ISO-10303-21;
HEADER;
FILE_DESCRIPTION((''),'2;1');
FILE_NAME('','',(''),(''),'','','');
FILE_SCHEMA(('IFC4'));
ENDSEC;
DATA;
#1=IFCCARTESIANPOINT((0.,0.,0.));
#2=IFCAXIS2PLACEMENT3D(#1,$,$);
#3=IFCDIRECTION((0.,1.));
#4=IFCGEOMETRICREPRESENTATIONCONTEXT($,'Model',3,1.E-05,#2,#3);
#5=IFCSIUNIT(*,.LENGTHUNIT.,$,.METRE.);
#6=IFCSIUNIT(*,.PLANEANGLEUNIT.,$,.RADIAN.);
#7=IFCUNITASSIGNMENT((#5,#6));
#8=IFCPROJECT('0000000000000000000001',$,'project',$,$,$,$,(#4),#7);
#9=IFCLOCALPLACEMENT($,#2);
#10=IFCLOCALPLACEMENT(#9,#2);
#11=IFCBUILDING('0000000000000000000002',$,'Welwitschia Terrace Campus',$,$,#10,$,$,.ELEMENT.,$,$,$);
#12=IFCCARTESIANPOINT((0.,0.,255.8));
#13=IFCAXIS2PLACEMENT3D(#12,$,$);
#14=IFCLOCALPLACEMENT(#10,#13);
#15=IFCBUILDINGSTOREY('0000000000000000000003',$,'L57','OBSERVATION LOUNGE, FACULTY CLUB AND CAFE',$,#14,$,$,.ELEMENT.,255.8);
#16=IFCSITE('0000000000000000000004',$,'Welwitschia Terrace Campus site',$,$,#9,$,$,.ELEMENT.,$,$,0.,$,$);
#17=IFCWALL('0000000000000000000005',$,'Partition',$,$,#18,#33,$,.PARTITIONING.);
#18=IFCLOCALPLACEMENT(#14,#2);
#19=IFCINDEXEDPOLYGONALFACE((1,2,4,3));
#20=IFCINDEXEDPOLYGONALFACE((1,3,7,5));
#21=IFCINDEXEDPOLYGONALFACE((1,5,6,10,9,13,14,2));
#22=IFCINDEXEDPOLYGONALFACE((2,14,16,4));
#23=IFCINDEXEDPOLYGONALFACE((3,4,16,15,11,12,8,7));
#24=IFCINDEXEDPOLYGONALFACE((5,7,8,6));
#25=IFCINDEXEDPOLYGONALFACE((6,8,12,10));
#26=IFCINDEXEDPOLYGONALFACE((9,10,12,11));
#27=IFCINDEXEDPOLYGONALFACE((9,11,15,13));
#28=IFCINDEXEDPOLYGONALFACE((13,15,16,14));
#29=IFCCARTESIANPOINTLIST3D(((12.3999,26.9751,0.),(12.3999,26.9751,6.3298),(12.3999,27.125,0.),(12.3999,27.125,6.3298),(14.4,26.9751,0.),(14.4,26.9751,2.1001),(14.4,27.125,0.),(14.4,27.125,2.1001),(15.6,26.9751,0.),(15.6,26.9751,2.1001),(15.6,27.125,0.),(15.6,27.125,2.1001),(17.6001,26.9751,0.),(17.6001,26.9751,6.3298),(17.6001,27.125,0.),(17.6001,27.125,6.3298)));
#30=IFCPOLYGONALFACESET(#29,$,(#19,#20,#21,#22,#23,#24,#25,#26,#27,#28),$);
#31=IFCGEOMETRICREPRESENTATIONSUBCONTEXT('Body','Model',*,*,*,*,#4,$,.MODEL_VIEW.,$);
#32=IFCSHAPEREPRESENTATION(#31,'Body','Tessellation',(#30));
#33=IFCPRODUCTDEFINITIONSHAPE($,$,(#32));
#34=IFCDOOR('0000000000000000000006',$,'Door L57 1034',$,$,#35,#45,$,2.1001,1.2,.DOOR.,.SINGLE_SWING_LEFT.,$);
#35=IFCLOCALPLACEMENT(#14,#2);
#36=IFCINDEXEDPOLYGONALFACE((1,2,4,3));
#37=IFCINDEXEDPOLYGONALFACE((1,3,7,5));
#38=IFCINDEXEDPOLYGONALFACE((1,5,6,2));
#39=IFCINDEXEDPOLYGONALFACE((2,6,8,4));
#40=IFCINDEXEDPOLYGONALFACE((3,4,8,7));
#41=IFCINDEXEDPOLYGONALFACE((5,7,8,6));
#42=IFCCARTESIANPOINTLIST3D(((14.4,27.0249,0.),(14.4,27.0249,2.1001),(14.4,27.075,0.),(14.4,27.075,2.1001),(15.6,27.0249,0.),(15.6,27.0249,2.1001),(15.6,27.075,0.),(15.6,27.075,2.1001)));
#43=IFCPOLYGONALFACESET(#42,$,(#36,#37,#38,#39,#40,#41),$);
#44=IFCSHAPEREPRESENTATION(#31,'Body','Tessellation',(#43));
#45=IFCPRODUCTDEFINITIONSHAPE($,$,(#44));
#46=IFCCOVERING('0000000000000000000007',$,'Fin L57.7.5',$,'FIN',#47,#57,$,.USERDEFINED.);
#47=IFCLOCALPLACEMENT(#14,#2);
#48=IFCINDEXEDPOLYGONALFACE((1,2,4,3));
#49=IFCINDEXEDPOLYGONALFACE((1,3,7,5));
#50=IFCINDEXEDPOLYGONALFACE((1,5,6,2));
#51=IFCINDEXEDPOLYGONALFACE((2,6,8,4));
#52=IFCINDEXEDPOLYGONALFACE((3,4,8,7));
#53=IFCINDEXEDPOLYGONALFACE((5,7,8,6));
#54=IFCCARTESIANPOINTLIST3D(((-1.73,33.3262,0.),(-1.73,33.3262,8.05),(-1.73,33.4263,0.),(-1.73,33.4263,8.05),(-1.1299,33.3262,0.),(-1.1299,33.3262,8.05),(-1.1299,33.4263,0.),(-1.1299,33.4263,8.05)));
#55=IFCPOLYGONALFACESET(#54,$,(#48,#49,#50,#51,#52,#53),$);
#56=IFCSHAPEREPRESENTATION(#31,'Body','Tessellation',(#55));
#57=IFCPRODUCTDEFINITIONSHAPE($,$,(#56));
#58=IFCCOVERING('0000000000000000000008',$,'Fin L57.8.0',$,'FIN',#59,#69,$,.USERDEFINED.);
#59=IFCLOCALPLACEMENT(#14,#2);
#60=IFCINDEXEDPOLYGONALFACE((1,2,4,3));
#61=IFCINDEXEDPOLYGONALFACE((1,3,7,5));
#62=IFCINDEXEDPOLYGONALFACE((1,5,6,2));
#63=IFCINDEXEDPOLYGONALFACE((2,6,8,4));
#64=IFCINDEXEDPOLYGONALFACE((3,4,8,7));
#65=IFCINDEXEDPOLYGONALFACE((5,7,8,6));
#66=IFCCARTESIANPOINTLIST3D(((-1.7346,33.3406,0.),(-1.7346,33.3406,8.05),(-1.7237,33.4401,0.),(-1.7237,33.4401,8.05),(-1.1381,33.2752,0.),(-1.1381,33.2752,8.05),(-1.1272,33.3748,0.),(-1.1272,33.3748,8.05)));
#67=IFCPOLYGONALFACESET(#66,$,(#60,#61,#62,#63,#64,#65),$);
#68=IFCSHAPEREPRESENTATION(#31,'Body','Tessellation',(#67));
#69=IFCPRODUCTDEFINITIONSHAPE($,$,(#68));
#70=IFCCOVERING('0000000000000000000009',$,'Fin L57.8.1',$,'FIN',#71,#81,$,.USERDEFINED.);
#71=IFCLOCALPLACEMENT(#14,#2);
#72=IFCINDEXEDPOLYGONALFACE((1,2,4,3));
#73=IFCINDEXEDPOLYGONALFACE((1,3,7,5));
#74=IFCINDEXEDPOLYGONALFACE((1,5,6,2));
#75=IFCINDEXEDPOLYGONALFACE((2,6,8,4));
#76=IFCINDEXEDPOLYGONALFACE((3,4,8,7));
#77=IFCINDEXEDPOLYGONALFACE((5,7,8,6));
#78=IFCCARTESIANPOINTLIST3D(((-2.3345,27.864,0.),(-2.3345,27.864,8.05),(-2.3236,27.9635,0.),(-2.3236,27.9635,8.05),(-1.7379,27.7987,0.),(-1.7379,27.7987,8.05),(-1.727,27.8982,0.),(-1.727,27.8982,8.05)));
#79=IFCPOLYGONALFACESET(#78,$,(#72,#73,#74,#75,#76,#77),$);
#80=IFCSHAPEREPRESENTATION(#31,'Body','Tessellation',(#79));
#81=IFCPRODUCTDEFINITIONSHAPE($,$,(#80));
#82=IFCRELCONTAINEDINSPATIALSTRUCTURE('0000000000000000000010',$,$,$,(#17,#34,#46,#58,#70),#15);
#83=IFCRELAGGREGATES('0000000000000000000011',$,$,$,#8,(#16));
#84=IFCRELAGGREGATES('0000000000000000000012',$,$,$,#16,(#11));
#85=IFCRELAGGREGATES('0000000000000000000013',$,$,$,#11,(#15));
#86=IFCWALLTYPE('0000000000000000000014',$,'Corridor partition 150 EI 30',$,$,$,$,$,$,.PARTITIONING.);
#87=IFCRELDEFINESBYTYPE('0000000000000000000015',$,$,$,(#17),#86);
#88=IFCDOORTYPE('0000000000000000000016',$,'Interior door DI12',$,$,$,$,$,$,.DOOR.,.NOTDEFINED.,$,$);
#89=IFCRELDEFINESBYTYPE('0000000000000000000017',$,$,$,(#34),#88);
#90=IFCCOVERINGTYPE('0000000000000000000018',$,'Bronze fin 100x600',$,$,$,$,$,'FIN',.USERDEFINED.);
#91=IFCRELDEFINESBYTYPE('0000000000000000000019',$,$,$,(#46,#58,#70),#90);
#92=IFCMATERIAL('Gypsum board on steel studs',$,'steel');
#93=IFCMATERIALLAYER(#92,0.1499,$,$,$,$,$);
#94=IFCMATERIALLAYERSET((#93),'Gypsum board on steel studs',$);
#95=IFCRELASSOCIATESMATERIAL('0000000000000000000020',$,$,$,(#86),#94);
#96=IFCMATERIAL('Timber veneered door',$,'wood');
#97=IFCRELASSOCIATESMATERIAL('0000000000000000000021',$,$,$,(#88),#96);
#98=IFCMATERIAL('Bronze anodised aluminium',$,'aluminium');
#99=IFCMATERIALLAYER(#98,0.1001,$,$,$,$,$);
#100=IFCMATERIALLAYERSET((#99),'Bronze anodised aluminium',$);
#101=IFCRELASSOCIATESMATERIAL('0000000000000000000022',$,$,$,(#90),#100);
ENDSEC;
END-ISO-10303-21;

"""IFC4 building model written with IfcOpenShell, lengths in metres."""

from ifc_helpers import new_model, si_unit, direction, frame, frame_2d, origin, origin_2d, place, context, subcontext, project, spatial, rectangle, extrude, material, layer, layer_set, type_object, element, fill, save


model = new_model("IFC4")

# Units and contexts
model_context = context("Model", 3, precision=1e-05, world=origin(), true_north=direction((0.0, 1.0)))
body_context = subcontext(model_context, "Body", "Model", "MODEL_VIEW")
ifc_project = project(units=[si_unit("LENGTHUNIT", "METRE"), si_unit("PLANEANGLEUNIT", "RADIAN")], contexts=[model_context])

# Site, building, storey
site_placement = place(None, origin())
site = spatial("IfcSite", under=ifc_project, at=site_placement, Name="Welwitschia Terrace Campus site", CompositionType="ELEMENT", RefElevation=0.0)
building_placement = place(site_placement, origin())
building = spatial("IfcBuilding", under=site, at=building_placement, Name="Welwitschia Terrace Campus", CompositionType="ELEMENT")
storey_placement = place(building_placement, frame((0.0, 0.0, 255.8)))
storey = spatial("IfcBuildingStorey", under=building, at=storey_placement, Name="L57", Description="OBSERVATION LOUNGE, FACULTY CLUB AND CAFE", CompositionType="ELEMENT", Elevation=255.8)

# Shared definitions
ifc_material_1 = material(Name="Gypsum board on steel studs", Category="steel")
ifc_layer_1 = layer(ifc_material_1, 0.1499)
ifc_layer_set_1 = layer_set([ifc_layer_1], Name="Gypsum board on steel studs")
wall_type = type_object("IfcWallType", Name="Corridor partition 150 EI 30", PredefinedType="PARTITIONING", material=ifc_layer_set_1)

# Shared definitions
ifc_material_2 = material(Name="Timber veneered door", Category="wood")
door_type = type_object("IfcDoorType", Name="Interior door DI12", OperationType="NOTDEFINED", PredefinedType="DOOR", material=ifc_material_2)

# Wall, opening, door
wall_1_placement = place(storey_placement, frame((12.3999, 27.05, 0.0), z_axis=(0.0, 0.0, 1.0), x_axis=(1.0, 0.0, 0.0)))
wall_1 = element("IfcWall", 1, at=wall_1_placement, inside=storey, type_object=wall_type, Name="Partition", PredefinedType="PARTITIONING", context=body_context, shape_type="SweptSolid", body=[
    extrude(rectangle(XDim=5.2002, YDim=0.1499, at=frame_2d((2.6001, 0.0))), origin(), (0.0, 0.0, 1.0), 6.3298),
])
opening_1_placement = place(wall_1_placement, frame((2.0, 0.0, 0.0)))
opening_1 = element("IfcOpeningElement", 2, at=opening_1_placement, cuts=wall_1, PredefinedType="OPENING", context=body_context, shape_type="SweptSolid", body=[
    extrude(rectangle(XDim=1.2, YDim=2.1001, at=frame_2d((0.6001, 1.05))), frame((0.0, 0.085, 0.0), z_axis=(0.0, -1.0, 0.0), x_axis=(1.0, 0.0, 0.0)), (0.0, 0.0, 1.0), 0.1699),
])
door_1_placement = place(opening_1_placement, origin())
door_1 = element("IfcDoor", 3, at=door_1_placement, inside=storey, type_object=door_type, Name="Door L57 1034", OperationType="SINGLE_SWING_LEFT", OverallHeight=2.1001, OverallWidth=1.2, PredefinedType="DOOR", context=body_context, shape_type="SweptSolid", body=[
    extrude(rectangle(XDim=1.2, YDim=2.1001, at=frame_2d((0.6001, 1.05))), frame((0.0, 0.0249, 0.0), z_axis=(0.0, -1.0, 0.0), x_axis=(1.0, 0.0, 0.0)), (0.0, 0.0, 1.0), 0.05),
])
fill(opening_1, door_1)

# Coverings
ifc_material_3 = material(Name="Bronze anodised aluminium", Category="aluminium")
ifc_layer_2 = layer(ifc_material_3, 0.1001)
ifc_layer_set_2 = layer_set([ifc_layer_2], Name="Bronze anodised aluminium")
covering_type = type_object("IfcCoveringType", Name="Bronze fin 100x600", ElementType="FIN", PredefinedType="USERDEFINED", material=ifc_layer_set_2)
for number, where, z_axis, x_axis, name in (
    (4, (-1.4299, 33.3762, 0.0), (0.0, 0.0, 1.0), (0.0, -1.0, 0.0), "Fin L57.7.5"),
    (5, (-1.4309, 33.3577, 0.0), (0.0, 0.0, 1.0), (-0.108867, -0.994056, 0.0), "Fin L57.8.0"),
    (6, (-2.0308, 27.8811, 0.0), (0.0, 0.0, 1.0), (-0.108867, -0.994056, 0.0), "Fin L57.8.1"),
):
    element("IfcCovering", number, at=place(storey_placement, frame(where, z_axis=z_axis, x_axis=x_axis)), inside=storey, type_object=covering_type, Name=name, ObjectType="FIN", PredefinedType="USERDEFINED", context=body_context, shape_type="SweptSolid", body=[
        extrude(rectangle(XDim=0.1001, YDim=0.6001, at=origin_2d()), origin(), (0.0, 0.0, 1.0), 8.05),
    ])

save(model, "model.ifc")
